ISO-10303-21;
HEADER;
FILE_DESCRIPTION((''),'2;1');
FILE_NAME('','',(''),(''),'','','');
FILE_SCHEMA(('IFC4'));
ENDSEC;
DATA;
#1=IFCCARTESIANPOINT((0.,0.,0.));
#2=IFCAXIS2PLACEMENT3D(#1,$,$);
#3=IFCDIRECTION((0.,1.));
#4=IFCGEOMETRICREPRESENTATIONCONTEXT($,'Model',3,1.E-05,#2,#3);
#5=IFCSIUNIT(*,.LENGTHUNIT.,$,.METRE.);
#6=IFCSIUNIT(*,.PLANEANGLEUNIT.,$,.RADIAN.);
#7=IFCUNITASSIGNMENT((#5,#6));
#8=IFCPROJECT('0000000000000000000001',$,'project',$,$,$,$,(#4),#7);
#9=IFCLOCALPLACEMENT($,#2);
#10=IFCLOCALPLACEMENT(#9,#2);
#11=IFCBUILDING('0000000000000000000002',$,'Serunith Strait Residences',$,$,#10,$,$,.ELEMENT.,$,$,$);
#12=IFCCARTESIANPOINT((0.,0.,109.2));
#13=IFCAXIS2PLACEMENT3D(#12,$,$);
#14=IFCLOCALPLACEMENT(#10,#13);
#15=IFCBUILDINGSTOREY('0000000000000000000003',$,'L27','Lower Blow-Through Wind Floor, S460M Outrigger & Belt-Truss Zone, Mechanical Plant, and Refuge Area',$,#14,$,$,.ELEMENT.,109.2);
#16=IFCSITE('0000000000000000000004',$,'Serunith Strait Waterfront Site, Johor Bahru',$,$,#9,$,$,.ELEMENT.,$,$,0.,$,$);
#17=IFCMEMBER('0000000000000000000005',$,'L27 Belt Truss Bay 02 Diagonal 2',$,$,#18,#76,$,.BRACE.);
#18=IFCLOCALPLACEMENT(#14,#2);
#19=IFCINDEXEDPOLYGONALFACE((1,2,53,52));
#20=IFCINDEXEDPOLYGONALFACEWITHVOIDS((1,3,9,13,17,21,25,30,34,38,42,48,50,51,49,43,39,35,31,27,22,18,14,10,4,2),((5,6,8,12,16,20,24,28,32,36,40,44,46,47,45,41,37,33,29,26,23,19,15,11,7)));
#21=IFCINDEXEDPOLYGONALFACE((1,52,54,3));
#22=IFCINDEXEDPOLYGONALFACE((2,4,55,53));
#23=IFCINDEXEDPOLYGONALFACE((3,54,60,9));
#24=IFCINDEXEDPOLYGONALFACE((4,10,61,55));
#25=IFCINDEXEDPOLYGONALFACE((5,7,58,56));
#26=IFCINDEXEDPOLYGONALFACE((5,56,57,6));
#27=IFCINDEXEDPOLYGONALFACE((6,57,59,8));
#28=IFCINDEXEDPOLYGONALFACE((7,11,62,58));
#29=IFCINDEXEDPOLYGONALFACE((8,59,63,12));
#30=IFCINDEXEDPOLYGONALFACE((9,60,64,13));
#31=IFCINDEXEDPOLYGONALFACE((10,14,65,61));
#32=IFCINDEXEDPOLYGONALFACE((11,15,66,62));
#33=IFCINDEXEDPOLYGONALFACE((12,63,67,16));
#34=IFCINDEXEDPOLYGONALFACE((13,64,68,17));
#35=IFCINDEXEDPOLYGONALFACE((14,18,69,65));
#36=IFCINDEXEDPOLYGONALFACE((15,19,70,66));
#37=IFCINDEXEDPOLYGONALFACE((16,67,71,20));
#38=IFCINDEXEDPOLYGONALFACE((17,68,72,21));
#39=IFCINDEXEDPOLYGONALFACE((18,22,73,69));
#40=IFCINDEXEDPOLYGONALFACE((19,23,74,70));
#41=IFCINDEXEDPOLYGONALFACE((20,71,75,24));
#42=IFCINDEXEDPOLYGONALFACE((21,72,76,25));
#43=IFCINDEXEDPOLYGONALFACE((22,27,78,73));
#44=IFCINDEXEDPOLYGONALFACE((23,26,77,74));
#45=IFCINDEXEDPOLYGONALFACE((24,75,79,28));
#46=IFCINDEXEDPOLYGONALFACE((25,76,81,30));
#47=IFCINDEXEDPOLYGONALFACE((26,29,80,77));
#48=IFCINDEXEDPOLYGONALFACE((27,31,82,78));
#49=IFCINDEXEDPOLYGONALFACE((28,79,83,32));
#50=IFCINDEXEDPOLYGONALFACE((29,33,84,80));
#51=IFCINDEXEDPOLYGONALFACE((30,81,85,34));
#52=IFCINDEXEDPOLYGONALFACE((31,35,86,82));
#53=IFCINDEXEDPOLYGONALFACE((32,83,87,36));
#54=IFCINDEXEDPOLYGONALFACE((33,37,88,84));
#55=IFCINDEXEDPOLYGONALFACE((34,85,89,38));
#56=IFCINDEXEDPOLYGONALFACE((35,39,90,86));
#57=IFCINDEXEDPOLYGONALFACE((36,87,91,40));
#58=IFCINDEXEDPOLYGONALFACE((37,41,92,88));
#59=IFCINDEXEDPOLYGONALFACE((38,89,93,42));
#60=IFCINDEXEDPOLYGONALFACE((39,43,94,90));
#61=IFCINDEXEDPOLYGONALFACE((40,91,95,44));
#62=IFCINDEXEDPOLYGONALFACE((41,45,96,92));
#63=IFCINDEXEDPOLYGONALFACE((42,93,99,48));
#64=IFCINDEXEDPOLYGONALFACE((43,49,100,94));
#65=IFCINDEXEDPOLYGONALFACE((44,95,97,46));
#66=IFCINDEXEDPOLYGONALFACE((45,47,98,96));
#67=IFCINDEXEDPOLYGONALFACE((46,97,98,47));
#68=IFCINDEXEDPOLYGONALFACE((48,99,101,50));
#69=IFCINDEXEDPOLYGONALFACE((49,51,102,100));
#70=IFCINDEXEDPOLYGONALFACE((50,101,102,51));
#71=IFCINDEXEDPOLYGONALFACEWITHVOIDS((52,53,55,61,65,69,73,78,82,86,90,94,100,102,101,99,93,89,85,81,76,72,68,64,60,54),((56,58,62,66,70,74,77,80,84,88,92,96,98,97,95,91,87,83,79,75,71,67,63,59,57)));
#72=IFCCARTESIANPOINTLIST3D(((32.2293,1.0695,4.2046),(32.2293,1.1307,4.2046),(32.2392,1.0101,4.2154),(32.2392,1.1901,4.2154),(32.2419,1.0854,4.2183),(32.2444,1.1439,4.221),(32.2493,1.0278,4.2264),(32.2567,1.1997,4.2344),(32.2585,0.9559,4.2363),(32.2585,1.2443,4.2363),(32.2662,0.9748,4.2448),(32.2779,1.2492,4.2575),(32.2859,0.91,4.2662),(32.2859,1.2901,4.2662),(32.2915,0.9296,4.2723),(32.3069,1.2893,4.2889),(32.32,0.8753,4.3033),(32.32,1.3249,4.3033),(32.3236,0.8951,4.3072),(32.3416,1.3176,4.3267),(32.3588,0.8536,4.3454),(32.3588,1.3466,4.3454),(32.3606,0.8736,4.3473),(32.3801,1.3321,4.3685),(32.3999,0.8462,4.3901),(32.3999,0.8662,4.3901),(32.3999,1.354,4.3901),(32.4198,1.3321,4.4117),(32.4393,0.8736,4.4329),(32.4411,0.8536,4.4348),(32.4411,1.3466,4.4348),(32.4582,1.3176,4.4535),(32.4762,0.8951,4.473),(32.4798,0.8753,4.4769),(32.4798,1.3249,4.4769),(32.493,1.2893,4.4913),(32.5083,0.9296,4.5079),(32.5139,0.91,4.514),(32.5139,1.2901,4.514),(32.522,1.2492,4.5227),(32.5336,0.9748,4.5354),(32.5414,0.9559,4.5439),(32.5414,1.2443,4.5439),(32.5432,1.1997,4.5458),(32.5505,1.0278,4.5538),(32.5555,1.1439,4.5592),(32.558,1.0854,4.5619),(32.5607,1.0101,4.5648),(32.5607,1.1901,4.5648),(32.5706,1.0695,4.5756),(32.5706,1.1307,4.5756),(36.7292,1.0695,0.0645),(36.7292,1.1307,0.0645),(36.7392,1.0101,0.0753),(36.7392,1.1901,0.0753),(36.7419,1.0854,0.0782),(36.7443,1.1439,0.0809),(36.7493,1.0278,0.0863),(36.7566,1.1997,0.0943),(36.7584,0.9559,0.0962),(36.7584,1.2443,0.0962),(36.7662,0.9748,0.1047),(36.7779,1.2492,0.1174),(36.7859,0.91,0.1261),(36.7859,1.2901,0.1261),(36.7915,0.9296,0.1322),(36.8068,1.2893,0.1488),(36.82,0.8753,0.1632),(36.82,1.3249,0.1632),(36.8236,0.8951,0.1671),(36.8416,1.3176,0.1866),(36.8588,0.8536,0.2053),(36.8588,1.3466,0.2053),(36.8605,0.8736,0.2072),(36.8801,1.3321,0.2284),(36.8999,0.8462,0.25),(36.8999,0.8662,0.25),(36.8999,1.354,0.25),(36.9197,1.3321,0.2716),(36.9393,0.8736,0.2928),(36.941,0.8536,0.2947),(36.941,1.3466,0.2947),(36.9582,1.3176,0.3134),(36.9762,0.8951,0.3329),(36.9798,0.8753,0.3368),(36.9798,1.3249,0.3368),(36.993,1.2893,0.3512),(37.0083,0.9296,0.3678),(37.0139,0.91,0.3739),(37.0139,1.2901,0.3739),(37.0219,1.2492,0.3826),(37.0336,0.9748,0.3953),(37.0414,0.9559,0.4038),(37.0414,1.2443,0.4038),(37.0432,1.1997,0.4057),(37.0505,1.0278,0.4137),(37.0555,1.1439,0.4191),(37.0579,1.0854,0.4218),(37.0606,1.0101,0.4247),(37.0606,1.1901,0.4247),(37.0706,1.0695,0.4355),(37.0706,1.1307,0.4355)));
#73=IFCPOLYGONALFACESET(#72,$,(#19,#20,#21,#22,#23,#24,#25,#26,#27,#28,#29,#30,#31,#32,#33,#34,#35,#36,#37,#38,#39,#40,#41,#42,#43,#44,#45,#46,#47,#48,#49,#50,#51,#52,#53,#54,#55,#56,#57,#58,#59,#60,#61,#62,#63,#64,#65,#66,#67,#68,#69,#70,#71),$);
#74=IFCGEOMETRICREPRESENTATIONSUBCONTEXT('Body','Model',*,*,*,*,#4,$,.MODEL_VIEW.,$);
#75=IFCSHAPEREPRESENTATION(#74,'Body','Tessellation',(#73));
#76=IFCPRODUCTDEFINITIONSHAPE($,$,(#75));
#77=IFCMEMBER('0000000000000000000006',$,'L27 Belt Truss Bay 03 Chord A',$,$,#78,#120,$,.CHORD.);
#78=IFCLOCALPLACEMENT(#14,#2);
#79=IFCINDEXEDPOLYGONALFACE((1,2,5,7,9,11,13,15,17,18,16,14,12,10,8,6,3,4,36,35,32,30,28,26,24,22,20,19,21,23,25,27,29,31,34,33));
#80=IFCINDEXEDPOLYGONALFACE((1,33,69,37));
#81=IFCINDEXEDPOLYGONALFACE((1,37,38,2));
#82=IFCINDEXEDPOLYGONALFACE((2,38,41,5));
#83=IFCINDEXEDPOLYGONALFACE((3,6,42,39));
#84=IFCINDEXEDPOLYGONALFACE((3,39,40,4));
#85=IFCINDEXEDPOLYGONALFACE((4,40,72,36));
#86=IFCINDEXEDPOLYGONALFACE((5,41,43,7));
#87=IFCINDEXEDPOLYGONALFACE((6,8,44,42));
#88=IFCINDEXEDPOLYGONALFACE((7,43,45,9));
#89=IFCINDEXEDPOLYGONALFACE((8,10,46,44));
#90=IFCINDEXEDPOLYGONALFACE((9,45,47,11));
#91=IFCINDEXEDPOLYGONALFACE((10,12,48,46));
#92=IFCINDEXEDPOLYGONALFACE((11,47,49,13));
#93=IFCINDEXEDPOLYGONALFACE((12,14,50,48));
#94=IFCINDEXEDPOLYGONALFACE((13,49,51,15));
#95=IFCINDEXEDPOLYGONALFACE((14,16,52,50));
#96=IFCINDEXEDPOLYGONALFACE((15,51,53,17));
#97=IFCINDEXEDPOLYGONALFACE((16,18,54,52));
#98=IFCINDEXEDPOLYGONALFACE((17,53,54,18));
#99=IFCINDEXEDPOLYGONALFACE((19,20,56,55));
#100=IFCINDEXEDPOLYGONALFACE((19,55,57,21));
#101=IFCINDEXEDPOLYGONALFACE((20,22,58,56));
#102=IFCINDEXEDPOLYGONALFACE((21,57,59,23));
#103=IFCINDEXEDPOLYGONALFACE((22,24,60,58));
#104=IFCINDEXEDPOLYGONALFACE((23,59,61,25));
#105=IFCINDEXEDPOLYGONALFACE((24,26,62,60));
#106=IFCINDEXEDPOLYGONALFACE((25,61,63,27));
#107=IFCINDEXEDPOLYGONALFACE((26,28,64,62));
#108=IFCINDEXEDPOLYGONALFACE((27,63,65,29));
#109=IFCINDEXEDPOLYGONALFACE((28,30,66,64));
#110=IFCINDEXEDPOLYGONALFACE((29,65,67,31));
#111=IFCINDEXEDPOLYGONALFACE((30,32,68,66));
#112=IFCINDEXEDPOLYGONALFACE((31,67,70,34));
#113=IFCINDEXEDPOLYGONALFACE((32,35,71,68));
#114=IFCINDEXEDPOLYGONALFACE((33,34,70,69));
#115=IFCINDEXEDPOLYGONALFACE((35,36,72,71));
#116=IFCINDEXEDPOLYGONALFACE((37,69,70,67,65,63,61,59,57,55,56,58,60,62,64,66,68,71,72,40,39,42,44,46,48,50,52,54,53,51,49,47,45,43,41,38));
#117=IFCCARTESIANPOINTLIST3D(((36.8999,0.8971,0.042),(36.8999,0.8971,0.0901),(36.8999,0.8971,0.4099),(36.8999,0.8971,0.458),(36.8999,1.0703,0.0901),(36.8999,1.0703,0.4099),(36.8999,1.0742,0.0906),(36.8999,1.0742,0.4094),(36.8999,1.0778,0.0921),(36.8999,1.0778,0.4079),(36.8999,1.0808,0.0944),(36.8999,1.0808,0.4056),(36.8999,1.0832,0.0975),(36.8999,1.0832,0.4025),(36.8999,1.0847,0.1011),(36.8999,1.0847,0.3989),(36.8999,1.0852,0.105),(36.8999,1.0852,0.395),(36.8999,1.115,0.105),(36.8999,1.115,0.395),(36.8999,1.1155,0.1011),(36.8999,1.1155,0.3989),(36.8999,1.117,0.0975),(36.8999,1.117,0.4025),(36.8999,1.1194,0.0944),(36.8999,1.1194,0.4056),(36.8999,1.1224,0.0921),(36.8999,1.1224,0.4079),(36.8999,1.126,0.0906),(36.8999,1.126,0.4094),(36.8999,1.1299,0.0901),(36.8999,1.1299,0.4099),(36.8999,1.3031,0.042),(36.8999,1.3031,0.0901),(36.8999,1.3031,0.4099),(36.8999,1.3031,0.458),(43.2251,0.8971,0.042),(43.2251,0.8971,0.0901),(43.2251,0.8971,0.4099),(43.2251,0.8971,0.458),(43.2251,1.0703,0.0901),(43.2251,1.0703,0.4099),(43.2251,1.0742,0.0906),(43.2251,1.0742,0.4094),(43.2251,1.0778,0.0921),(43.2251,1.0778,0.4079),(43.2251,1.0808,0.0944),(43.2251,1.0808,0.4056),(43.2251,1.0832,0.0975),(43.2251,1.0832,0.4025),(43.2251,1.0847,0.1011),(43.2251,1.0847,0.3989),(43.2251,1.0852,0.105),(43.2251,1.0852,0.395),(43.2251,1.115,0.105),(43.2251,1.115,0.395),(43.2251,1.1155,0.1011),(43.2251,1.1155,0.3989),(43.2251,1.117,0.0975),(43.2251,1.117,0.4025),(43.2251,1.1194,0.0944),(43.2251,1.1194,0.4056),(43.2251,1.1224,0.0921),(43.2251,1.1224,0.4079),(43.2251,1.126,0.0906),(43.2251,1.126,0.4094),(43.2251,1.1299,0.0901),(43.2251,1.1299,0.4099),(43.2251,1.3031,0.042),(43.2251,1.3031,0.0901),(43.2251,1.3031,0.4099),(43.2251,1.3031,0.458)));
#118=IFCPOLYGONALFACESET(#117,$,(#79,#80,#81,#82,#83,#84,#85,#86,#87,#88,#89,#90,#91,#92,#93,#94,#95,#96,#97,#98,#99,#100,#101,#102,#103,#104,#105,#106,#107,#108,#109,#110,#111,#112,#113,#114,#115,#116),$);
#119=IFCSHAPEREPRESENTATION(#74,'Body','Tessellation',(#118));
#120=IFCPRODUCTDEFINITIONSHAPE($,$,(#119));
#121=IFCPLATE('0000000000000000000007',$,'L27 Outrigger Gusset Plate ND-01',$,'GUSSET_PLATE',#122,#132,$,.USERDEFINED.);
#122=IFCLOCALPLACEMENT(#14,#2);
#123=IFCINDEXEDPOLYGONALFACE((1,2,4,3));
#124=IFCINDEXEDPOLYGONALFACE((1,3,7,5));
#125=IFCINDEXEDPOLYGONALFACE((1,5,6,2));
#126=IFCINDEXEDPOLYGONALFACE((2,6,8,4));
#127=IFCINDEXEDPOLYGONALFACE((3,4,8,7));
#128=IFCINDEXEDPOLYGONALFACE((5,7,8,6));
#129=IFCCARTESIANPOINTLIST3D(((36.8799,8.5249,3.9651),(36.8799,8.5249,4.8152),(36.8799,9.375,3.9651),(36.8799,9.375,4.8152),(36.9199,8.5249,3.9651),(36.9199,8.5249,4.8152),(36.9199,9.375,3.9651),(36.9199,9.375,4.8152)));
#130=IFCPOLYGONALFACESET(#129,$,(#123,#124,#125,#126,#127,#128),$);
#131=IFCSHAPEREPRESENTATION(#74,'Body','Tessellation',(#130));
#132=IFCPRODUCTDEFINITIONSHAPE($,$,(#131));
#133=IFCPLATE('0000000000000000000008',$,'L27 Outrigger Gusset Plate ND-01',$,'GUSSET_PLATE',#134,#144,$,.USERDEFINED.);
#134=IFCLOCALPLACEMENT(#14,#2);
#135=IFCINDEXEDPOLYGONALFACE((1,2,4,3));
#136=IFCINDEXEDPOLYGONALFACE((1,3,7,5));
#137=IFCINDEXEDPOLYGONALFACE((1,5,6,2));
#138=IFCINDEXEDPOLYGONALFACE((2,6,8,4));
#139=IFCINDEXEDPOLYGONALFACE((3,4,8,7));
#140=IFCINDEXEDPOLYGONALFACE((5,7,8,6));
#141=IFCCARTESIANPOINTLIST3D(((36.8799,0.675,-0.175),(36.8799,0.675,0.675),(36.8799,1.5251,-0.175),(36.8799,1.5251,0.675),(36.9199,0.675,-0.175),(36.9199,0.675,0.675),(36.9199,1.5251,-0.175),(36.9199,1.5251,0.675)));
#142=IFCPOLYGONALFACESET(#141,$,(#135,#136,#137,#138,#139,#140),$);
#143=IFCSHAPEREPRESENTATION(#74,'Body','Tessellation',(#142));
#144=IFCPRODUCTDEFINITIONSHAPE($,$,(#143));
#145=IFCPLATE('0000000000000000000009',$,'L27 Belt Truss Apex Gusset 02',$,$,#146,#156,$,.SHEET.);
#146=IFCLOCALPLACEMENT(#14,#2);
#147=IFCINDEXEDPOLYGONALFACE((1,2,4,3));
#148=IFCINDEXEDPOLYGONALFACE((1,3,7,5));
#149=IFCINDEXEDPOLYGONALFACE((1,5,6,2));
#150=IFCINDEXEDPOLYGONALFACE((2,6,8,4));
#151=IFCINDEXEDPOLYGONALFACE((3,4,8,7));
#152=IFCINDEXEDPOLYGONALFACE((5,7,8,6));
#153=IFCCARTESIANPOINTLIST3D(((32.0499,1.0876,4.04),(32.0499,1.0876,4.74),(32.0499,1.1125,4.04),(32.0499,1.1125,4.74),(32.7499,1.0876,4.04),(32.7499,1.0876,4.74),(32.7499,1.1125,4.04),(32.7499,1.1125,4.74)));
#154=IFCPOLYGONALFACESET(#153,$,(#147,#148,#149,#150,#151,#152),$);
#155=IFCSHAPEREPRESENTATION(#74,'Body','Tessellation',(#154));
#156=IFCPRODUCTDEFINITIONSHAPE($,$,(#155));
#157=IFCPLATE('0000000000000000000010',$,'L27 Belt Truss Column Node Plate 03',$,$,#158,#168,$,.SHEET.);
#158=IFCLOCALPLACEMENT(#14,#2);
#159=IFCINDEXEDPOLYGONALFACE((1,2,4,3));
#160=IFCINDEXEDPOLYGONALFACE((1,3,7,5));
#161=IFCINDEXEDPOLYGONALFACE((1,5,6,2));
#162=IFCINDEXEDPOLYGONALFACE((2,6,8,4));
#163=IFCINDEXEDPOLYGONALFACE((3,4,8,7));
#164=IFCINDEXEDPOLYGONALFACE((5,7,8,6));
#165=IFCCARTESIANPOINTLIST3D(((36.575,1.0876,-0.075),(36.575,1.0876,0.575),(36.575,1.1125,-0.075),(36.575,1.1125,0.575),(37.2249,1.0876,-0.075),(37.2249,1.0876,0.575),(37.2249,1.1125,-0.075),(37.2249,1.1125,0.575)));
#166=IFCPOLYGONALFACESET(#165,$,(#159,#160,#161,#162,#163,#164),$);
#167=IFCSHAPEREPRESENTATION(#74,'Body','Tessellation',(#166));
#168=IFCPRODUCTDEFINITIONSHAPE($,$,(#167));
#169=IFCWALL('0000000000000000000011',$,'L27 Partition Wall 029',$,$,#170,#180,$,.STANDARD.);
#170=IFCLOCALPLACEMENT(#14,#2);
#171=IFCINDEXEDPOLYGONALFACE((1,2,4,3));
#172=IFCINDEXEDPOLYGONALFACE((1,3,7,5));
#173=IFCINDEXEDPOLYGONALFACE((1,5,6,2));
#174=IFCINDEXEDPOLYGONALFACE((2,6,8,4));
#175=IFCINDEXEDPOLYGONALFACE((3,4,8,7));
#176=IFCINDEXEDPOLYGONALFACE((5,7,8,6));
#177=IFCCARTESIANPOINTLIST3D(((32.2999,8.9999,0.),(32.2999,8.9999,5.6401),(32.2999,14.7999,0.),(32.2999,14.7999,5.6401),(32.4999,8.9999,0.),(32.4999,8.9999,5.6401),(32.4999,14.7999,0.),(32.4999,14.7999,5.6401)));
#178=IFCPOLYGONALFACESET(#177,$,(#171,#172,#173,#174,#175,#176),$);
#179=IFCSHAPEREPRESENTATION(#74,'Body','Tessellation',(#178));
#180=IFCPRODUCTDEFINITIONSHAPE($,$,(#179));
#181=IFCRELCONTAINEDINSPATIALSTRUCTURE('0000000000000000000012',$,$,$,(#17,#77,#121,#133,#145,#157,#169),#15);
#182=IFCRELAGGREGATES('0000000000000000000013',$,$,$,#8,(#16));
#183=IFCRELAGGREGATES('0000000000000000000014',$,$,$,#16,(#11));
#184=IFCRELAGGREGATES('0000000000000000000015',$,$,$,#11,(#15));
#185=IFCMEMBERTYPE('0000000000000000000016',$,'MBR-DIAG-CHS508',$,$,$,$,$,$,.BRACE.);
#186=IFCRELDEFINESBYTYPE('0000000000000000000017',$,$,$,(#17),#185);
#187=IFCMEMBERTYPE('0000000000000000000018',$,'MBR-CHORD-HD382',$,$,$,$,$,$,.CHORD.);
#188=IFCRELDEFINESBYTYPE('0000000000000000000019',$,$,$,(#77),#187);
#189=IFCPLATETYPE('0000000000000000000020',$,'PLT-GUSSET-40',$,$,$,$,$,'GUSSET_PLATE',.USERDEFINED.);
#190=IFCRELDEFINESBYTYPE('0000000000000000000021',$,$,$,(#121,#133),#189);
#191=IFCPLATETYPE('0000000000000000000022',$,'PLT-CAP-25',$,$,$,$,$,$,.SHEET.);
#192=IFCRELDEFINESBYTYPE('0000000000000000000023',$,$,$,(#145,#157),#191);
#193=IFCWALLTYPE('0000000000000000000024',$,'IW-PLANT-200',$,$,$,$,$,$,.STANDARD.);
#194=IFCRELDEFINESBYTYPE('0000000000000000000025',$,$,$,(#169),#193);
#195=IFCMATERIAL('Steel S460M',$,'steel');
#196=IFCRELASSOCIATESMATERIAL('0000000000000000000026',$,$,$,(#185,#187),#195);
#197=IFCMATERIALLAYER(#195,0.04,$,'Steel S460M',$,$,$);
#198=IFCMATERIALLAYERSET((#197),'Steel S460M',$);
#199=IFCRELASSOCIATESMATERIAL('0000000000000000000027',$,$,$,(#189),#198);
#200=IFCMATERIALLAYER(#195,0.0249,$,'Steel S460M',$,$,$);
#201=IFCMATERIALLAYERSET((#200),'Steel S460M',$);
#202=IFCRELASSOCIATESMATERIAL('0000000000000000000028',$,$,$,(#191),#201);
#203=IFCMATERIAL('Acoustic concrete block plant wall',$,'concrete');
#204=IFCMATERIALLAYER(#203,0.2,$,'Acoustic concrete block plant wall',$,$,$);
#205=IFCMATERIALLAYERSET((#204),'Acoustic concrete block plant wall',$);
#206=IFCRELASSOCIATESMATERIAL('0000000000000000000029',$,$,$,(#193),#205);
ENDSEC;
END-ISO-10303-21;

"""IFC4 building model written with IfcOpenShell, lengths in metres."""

from ifc_helpers import new_model, si_unit, direction, frame, frame_2d, origin, origin_2d, place, context, subcontext, project, spatial, rectangle, hollow_circle, i_section, extrude, source, transform, mapped, material, layer, layer_set, material_profile, profile_set, type_object, element, save


model = new_model("IFC4")

# Units and contexts
model_context = context("Model", 3, precision=1e-05, world=origin(), true_north=direction((0.0, 1.0)))
body_context = subcontext(model_context, "Body", "Model", "MODEL_VIEW")
ifc_project = project(units=[si_unit("LENGTHUNIT", "METRE"), si_unit("PLANEANGLEUNIT", "RADIAN")], contexts=[model_context])

# Site, building, storey
site_placement = place(None, origin())
site = spatial("IfcSite", under=ifc_project, at=site_placement, Name="Serunith Strait Waterfront Site, Johor Bahru", CompositionType="ELEMENT", RefElevation=0.0)
building_placement = place(site_placement, origin())
building = spatial("IfcBuilding", under=site, at=building_placement, Name="Serunith Strait Residences", CompositionType="ELEMENT")
storey_placement = place(building_placement, frame((0.0, 0.0, 109.2)))
storey = spatial("IfcBuildingStorey", under=building, at=storey_placement, Name="L27", Description="Lower Blow-Through Wind Floor, S460M Outrigger & Belt-Truss Zone, Mechanical Plant, and Refuge Area", CompositionType="ELEMENT", Elevation=109.2)

# Members
ifc_material_1 = material(Name="Steel S460M", Category="steel")
ifc_material_profile_1 = material_profile(ifc_material_1, hollow_circle(Radius=0.2539, WallThickness=0.02, at=origin_2d()), Name="CHS 508x20")
ifc_profile_set_1 = profile_set([ifc_material_profile_1], Name="Steel S460M")
member_type_1 = type_object("IfcMemberType", Name="MBR-DIAG-CHS508", PredefinedType="BRACE", material=ifc_profile_set_1)
ifc_material_profile_2 = material_profile(ifc_material_1, i_section(OverallWidth=0.406, OverallDepth=0.416, WebThickness=0.0298, FlangeThickness=0.0481, FilletRadius=0.0149, at=origin_2d()), Name="HD 400x382")
ifc_profile_set_2 = profile_set([ifc_material_profile_2], Name="Steel S460M")
member_type_2 = type_object("IfcMemberType", Name="MBR-CHORD-HD382", PredefinedType="CHORD", material=ifc_profile_set_2)
shared_shape_1 = source(origin(), body_context, "Body", "SweptSolid", [
    extrude(hollow_circle(Radius=0.2539, WallThickness=0.02, at=origin_2d()), origin(), (0.0, 0.0, 1.0), 6.1147),
])
member_1_placement = place(storey_placement, frame((36.8999, 1.1001, 0.25), z_axis=(-0.73592, 0.0, 0.677069), x_axis=(0.0, -1.0, 0.0)))
element("IfcMember", 1, at=member_1_placement, inside=storey, type_object=member_type_1, Name="L27 Belt Truss Bay 02 Diagonal 2", PredefinedType="BRACE", context=body_context, shape_type="MappedRepresentation", body=[
    mapped(shared_shape_1, transform((0.0, 0.0, 0.0), scale=1.0)),
])
shared_shape_2 = source(origin(), body_context, "Body", "SweptSolid", [
    extrude(i_section(OverallWidth=0.406, OverallDepth=0.416, WebThickness=0.0298, FlangeThickness=0.0481, FilletRadius=0.0149, at=origin_2d()), origin(), (0.0, 0.0, 1.0), 6.3252),
])
member_2_placement = place(storey_placement, frame((36.8999, 1.1001, 0.25), z_axis=(1.0, 0.0, 0.0), x_axis=(0.0, 1.0, 0.0)))
element("IfcMember", 2, at=member_2_placement, inside=storey, type_object=member_type_2, Name="L27 Belt Truss Bay 03 Chord A", PredefinedType="CHORD", context=body_context, shape_type="MappedRepresentation", body=[
    mapped(shared_shape_2, transform((0.0, 0.0, 0.0), scale=1.0)),
])

# Plates
ifc_layer_1 = layer(ifc_material_1, 0.04, Name="Steel S460M")
ifc_layer_set_1 = layer_set([ifc_layer_1], Name="Steel S460M")
plate_type_1 = type_object("IfcPlateType", Name="PLT-GUSSET-40", ElementType="GUSSET_PLATE", PredefinedType="USERDEFINED", material=ifc_layer_set_1)
shared_shape_3 = source(origin(), body_context, "Body", "SweptSolid", [
    extrude(rectangle(XDim=0.8501, YDim=0.04, at=origin_2d()), origin(), (0.0, 0.0, 1.0), 0.8501),
])
for number, where, z_axis, x_axis, name in (
    (3, (36.8999, 8.95, 3.9651), (0.0, 0.0, 1.0), (0.0, -1.0, 0.0), "L27 Outrigger Gusset Plate ND-01"),
    (4, (36.8999, 1.1001, -0.175), (0.0, 0.0, 1.0), (0.0, -1.0, 0.0), "L27 Outrigger Gusset Plate ND-01"),
):
    element("IfcPlate", number, at=place(storey_placement, frame(where, z_axis=z_axis, x_axis=x_axis)), inside=storey, type_object=plate_type_1, Name=name, ObjectType="GUSSET_PLATE", PredefinedType="USERDEFINED", context=body_context, shape_type="MappedRepresentation", body=[
        mapped(shared_shape_3, transform((0.0, 0.0, 0.0), scale=1.0)),
    ])
ifc_layer_2 = layer(ifc_material_1, 0.0249, Name="Steel S460M")
ifc_layer_set_2 = layer_set([ifc_layer_2], Name="Steel S460M")
plate_type_2 = type_object("IfcPlateType", Name="PLT-CAP-25", PredefinedType="SHEET", material=ifc_layer_set_2)
shared_shape_4 = source(origin(), body_context, "Body", "SweptSolid", [
    extrude(rectangle(XDim=0.7, YDim=0.0249, at=origin_2d()), origin(), (0.0, 0.0, 1.0), 0.7),
])
plate_1_placement = place(storey_placement, frame((32.3999, 1.1001, 4.04), z_axis=(0.0, 0.0, 1.0), x_axis=(1.0, 0.0, 0.0)))
element("IfcPlate", 5, at=plate_1_placement, inside=storey, type_object=plate_type_2, Name="L27 Belt Truss Apex Gusset 02", PredefinedType="SHEET", context=body_context, shape_type="MappedRepresentation", body=[
    mapped(shared_shape_4, transform((0.0, 0.0, 0.0), scale=1.0)),
])
shared_shape_5 = source(origin(), body_context, "Body", "SweptSolid", [
    extrude(rectangle(XDim=0.6499, YDim=0.0249, at=origin_2d()), origin(), (0.0, 0.0, 1.0), 0.6499),
])
plate_2_placement = place(storey_placement, frame((36.8999, 1.1001, -0.075), z_axis=(0.0, 0.0, 1.0), x_axis=(1.0, 0.0, 0.0)))
element("IfcPlate", 6, at=plate_2_placement, inside=storey, type_object=plate_type_2, Name="L27 Belt Truss Column Node Plate 03", PredefinedType="SHEET", context=body_context, shape_type="MappedRepresentation", body=[
    mapped(shared_shape_5, transform((0.0, 0.0, 0.0), scale=1.0)),
])

# Wall
ifc_material_2 = material(Name="Acoustic concrete block plant wall", Category="concrete")
ifc_layer_3 = layer(ifc_material_2, 0.2, Name="Acoustic concrete block plant wall")
ifc_layer_set_3 = layer_set([ifc_layer_3], Name="Acoustic concrete block plant wall")
wall_type = type_object("IfcWallType", Name="IW-PLANT-200", PredefinedType="STANDARD", material=ifc_layer_set_3)
wall_placement = place(storey_placement, frame((32.3999, 9.0, 0.0), z_axis=(0.0, 0.0, 1.0), x_axis=(0.0, 1.0, 0.0)))
element("IfcWall", 7, at=wall_placement, inside=storey, type_object=wall_type, Name="L27 Partition Wall 029", PredefinedType="STANDARD", context=body_context, shape_type="SweptSolid", body=[
    extrude(rectangle(XDim=5.8, YDim=0.2, at=frame_2d((2.8999, 0.0))), origin(), (0.0, 0.0, 1.0), 5.6401),
])

save(model, "model.ifc")
